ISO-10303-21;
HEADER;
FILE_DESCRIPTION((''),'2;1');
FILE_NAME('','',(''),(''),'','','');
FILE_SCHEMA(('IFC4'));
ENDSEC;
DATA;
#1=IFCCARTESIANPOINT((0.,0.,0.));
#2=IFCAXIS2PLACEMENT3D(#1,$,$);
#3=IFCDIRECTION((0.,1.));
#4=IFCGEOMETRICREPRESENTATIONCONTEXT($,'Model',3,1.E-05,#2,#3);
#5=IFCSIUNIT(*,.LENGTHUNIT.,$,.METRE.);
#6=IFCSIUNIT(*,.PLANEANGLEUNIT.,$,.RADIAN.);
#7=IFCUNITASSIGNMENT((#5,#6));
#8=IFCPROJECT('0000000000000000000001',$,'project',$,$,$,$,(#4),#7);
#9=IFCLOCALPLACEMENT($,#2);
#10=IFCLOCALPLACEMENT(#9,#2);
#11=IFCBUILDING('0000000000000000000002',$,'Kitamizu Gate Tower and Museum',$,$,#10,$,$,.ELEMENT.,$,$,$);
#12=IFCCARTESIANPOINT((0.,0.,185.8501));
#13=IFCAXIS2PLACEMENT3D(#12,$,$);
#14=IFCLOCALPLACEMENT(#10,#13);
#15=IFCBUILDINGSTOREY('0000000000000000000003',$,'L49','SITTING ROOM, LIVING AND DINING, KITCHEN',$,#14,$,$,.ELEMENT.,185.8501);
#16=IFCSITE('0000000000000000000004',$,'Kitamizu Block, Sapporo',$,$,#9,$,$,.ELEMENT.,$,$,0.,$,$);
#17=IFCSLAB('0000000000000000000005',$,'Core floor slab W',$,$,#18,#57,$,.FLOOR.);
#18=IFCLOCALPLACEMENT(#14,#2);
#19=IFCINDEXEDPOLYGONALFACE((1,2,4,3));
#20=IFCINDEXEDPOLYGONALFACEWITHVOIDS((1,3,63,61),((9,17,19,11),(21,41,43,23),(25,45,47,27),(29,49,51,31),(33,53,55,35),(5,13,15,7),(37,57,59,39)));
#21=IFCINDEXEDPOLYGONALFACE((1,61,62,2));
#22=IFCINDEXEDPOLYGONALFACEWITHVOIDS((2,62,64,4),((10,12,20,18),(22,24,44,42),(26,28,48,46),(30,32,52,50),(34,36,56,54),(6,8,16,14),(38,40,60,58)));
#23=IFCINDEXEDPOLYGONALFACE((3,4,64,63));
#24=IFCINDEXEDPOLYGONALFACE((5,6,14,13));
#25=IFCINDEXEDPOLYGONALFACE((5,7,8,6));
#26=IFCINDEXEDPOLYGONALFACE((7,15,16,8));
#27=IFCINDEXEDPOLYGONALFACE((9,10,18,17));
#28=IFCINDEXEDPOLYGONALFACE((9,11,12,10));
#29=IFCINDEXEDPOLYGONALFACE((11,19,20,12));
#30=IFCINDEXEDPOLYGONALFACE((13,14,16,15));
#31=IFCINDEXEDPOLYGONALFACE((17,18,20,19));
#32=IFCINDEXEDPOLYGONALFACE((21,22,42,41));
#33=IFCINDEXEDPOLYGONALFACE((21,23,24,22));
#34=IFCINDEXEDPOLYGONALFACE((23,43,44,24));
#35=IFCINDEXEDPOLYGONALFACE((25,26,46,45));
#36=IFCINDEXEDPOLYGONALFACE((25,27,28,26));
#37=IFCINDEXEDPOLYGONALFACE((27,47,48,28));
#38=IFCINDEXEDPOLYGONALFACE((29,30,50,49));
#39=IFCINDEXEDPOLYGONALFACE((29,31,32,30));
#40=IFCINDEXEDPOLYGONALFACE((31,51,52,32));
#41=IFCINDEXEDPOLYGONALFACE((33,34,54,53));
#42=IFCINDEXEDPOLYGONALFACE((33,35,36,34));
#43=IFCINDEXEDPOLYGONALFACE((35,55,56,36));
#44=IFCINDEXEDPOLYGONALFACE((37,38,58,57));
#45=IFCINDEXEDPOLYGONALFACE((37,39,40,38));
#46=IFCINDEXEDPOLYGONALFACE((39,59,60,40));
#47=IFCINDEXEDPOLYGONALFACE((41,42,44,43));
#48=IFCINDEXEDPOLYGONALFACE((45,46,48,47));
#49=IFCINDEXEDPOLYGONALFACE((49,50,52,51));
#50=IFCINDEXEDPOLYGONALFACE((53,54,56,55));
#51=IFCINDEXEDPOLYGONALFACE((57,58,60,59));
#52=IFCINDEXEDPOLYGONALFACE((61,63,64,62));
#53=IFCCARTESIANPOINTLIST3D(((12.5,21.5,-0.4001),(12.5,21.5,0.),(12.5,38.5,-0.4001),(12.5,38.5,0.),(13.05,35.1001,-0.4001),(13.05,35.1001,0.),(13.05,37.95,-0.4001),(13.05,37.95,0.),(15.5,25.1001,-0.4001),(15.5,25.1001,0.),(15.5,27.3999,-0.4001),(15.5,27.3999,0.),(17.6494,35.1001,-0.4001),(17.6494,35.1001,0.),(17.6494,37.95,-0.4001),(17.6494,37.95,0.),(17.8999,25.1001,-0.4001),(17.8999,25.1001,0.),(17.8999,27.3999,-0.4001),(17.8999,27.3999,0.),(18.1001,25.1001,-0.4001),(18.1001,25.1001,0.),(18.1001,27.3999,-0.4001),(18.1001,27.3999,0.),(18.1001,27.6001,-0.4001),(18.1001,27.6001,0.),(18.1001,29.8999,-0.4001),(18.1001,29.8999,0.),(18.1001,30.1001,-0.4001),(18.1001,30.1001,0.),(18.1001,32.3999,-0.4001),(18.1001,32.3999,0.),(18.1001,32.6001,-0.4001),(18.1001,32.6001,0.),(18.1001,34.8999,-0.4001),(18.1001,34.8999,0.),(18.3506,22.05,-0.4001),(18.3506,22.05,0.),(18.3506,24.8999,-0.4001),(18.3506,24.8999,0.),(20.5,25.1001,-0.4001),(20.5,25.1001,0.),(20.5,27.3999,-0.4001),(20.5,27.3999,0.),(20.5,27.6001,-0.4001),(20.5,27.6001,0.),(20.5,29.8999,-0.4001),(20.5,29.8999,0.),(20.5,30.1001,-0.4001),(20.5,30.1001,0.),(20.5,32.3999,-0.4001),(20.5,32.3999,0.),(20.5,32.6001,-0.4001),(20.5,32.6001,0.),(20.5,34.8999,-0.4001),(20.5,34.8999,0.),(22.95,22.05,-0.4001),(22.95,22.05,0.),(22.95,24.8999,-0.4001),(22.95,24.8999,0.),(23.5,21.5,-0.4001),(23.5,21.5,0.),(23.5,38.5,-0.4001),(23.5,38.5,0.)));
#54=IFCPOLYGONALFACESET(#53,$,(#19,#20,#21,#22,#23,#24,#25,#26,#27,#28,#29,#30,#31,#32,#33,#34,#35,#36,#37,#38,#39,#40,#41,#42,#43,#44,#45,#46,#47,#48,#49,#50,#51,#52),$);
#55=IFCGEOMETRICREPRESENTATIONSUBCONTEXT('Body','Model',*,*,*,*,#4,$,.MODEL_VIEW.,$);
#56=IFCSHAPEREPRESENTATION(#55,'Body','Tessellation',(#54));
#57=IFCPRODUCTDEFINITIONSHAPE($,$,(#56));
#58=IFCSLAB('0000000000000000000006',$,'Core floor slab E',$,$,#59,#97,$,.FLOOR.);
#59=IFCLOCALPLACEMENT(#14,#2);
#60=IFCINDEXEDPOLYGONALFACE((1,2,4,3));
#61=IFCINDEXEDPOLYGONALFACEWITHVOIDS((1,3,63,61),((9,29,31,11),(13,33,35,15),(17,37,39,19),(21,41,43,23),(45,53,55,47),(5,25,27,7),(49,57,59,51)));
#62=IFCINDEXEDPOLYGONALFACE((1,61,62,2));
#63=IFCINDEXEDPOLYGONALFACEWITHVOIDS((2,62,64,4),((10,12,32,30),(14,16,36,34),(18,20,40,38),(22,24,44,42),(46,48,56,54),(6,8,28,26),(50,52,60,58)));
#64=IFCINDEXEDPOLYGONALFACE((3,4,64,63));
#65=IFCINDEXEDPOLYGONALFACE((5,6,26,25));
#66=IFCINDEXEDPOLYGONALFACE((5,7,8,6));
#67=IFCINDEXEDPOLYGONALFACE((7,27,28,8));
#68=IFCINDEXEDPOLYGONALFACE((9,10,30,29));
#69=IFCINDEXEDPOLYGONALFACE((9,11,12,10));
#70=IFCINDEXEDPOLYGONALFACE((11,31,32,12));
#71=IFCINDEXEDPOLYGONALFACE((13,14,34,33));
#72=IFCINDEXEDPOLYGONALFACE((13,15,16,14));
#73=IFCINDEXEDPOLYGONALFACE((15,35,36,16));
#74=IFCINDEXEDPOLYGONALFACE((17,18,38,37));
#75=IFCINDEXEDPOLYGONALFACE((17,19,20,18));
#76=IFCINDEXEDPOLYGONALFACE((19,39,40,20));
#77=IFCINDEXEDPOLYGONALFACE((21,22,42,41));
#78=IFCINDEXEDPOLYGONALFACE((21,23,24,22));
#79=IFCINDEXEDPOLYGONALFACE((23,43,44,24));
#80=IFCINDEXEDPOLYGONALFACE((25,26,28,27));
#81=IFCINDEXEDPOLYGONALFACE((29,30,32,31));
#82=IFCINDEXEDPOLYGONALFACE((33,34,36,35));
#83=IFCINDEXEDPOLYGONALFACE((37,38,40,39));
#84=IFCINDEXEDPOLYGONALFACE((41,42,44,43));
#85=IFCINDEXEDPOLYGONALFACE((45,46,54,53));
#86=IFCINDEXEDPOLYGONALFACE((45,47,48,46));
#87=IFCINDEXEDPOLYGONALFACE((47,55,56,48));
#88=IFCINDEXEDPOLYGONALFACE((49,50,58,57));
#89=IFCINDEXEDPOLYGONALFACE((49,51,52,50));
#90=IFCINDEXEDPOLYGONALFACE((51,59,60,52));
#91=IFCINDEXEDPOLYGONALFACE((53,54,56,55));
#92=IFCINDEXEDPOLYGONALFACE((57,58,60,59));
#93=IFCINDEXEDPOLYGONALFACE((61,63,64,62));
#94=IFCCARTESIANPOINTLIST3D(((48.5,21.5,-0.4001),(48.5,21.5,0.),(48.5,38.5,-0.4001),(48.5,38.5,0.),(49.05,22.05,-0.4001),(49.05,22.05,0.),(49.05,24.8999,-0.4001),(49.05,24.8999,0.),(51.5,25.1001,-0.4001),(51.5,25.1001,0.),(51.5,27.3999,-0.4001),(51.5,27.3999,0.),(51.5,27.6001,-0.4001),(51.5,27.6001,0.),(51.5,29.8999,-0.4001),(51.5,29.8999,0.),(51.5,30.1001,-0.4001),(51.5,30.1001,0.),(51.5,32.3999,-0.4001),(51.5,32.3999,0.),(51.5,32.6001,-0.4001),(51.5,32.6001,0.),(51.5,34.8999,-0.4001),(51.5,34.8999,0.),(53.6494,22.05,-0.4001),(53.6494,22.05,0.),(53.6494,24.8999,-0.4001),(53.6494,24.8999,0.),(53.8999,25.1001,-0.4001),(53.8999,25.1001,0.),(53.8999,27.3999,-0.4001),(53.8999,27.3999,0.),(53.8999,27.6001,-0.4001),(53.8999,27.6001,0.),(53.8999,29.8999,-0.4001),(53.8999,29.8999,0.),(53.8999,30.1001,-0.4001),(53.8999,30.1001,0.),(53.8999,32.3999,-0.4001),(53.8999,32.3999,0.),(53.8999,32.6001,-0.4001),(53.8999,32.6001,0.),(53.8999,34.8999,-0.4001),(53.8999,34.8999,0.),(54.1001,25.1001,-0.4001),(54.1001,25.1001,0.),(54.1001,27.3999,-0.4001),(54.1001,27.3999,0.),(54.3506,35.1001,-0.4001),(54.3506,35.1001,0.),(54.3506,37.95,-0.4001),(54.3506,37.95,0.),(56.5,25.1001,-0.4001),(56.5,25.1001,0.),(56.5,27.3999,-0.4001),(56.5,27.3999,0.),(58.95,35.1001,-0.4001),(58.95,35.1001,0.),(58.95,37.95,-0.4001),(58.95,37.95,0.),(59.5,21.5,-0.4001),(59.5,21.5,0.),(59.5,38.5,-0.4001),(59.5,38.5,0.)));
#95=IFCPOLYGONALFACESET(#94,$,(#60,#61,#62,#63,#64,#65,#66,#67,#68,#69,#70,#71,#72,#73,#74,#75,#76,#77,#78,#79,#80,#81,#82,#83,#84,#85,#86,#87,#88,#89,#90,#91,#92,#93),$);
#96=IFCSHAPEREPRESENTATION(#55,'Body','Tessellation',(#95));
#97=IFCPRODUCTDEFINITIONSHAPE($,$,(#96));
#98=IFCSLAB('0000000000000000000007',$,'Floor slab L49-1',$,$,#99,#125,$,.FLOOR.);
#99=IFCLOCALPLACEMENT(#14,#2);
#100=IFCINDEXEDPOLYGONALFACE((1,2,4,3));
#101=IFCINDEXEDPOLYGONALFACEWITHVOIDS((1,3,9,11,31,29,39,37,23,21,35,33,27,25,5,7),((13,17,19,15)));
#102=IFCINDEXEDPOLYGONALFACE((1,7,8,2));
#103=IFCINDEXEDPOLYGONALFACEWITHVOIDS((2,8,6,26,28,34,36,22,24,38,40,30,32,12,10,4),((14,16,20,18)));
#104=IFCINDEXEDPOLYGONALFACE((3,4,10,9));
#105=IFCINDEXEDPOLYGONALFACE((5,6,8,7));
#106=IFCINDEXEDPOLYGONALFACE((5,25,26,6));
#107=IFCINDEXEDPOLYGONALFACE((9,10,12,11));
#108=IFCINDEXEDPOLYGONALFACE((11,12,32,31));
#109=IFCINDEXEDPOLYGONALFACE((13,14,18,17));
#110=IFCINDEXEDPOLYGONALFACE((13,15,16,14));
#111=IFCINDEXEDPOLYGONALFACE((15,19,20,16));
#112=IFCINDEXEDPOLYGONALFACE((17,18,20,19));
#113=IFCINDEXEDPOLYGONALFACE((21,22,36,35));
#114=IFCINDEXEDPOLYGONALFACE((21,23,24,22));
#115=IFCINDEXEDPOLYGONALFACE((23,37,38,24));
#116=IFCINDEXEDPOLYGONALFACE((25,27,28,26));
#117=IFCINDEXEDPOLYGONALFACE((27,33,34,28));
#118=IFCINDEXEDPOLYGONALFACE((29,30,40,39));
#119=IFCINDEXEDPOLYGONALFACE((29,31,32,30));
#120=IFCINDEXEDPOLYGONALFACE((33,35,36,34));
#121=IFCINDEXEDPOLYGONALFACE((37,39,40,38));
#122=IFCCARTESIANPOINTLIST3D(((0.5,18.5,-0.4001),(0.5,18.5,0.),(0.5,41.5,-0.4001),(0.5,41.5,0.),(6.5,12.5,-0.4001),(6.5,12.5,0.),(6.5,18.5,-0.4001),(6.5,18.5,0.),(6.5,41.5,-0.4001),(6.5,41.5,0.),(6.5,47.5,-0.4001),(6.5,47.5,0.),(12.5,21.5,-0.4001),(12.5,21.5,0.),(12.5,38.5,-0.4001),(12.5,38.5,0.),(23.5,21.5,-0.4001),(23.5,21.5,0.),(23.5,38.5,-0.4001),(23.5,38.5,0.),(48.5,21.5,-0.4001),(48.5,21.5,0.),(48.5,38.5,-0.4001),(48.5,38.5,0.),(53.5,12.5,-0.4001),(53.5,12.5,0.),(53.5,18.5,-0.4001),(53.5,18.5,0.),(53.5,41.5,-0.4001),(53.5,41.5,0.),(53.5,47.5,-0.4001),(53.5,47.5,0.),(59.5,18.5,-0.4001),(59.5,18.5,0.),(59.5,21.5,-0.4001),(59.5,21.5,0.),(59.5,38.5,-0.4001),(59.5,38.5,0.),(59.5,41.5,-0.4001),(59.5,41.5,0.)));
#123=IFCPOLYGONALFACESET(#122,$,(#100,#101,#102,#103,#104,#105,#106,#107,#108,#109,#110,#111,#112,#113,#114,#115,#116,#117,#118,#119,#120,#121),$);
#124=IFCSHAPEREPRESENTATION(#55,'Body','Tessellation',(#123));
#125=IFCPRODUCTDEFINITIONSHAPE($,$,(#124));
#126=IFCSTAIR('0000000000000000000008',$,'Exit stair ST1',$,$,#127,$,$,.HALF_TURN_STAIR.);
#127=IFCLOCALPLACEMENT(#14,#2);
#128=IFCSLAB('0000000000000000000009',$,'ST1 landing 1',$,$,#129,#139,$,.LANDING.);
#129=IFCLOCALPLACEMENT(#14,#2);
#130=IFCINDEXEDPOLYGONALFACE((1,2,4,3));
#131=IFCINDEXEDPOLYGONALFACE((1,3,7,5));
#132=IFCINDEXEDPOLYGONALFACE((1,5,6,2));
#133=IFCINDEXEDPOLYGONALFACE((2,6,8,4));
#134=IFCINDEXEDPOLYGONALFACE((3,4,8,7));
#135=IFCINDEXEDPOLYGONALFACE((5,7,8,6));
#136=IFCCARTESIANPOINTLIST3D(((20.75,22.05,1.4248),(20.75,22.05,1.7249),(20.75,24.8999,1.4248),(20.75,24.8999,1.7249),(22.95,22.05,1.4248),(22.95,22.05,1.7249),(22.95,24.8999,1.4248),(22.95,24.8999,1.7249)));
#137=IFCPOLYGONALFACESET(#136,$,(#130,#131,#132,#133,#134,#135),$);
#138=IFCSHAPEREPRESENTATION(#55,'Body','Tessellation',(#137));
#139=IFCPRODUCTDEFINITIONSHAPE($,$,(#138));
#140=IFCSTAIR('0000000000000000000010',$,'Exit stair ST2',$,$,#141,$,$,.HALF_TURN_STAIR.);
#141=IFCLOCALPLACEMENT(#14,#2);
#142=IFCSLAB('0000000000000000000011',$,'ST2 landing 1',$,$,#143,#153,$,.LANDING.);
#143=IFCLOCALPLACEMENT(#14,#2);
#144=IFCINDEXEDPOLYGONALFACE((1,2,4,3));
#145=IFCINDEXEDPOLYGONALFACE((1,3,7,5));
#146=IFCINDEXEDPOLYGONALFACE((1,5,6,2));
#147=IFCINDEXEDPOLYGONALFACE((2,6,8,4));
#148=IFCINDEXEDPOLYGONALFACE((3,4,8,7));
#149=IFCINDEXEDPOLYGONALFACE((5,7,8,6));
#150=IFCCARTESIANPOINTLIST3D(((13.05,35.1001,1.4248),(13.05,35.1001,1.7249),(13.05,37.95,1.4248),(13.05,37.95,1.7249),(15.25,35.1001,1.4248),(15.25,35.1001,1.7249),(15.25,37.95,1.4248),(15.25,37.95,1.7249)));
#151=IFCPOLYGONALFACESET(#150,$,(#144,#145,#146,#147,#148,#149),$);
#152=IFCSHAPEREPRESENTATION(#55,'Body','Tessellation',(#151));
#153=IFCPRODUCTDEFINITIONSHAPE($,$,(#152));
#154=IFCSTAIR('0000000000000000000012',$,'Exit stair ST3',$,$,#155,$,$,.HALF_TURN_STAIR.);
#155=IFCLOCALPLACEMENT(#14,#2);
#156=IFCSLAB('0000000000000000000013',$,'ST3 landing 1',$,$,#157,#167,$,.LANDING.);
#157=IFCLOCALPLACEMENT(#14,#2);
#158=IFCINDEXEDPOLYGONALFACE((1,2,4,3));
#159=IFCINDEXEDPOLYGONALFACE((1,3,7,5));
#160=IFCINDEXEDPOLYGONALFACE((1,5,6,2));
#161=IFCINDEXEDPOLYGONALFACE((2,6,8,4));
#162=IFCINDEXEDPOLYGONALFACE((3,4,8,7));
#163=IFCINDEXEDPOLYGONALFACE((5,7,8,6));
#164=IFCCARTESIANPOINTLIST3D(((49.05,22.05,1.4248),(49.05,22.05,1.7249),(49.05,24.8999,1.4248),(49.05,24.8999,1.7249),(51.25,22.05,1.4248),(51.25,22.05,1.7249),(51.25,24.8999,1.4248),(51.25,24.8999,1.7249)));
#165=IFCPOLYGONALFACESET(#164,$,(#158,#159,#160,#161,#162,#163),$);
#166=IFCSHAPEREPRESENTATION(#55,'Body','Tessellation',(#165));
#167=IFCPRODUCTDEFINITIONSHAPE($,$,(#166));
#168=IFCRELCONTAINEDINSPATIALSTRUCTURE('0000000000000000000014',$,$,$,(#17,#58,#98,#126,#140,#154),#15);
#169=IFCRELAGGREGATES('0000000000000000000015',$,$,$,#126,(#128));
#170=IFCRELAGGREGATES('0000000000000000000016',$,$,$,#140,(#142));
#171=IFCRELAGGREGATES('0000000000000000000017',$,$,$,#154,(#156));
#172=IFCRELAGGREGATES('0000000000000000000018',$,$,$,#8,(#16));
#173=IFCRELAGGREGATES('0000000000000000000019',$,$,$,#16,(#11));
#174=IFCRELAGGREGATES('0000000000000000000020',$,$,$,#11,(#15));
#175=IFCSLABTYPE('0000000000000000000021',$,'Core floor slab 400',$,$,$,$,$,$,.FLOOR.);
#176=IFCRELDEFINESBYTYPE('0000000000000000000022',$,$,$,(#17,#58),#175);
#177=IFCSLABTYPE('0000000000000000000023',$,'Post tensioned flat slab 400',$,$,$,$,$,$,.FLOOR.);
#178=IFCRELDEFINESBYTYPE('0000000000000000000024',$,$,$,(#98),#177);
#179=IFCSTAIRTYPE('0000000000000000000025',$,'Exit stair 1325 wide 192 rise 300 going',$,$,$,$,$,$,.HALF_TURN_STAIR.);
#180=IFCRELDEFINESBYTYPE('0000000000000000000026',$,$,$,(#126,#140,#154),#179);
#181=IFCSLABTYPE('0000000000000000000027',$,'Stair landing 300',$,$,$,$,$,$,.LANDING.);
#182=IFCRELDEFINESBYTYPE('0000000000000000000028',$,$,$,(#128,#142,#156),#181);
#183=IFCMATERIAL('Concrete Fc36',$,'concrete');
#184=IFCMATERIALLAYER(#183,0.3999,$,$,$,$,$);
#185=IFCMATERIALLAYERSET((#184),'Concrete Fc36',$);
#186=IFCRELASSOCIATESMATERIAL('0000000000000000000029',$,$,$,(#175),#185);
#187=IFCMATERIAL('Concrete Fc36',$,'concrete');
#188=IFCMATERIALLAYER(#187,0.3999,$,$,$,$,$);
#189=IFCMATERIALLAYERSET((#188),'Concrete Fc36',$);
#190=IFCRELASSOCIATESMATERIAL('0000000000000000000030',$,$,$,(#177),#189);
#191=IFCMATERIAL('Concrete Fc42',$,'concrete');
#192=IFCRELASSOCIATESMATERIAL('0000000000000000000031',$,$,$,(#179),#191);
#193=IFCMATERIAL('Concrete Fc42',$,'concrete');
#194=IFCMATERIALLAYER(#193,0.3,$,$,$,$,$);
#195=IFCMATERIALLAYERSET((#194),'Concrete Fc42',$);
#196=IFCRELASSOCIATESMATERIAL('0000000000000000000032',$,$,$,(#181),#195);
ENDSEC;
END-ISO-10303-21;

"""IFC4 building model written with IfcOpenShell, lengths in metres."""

from ifc_helpers import new_model, si_unit, direction, frame, origin, place, context, subcontext, project, spatial, polyline, outline, extrude, material, layer, layer_set, type_object, element, aggregate, save


model = new_model("IFC4")

# Units and contexts
model_context = context("Model", 3, precision=1e-05, world=origin(), true_north=direction((0.0, 1.0)))
body_context = subcontext(model_context, "Body", "Model", "MODEL_VIEW")
ifc_project = project(units=[si_unit("LENGTHUNIT", "METRE"), si_unit("PLANEANGLEUNIT", "RADIAN")], contexts=[model_context])

# Site, building, storey
site_placement = place(None, origin())
site = spatial("IfcSite", under=ifc_project, at=site_placement, Name="Kitamizu Block, Sapporo", CompositionType="ELEMENT", RefElevation=0.0)
building_placement = place(site_placement, origin())
building = spatial("IfcBuilding", under=site, at=building_placement, Name="Kitamizu Gate Tower and Museum", CompositionType="ELEMENT")
storey_placement = place(building_placement, frame((0.0, 0.0, 185.8501)))
storey = spatial("IfcBuildingStorey", under=building, at=storey_placement, Name="L49", Description="SITTING ROOM, LIVING AND DINING, KITCHEN", CompositionType="ELEMENT", Elevation=185.8501)

# Slabs
ifc_material_1 = material(Name="Concrete Fc36", Category="concrete")
ifc_layer_1 = layer(ifc_material_1, 0.3999)
ifc_layer_set_1 = layer_set([ifc_layer_1], Name="Concrete Fc36")
slab_type_1 = type_object("IfcSlabType", Name="Core floor slab 400", PredefinedType="FLOOR", material=ifc_layer_set_1)
slab_1_placement = place(storey_placement, frame((0.0, 0.0, -0.4001)))
element("IfcSlab", 1, at=slab_1_placement, inside=storey, type_object=slab_type_1, Name="Core floor slab W", PredefinedType="FLOOR", context=body_context, shape_type="SweptSolid", body=[
    extrude(outline(polyline([(12.5, 21.5), (23.5, 21.5), (23.5, 38.5), (12.5, 38.5), (12.5, 21.5)]), holes=[polyline([(15.5, 25.1001), (17.8999, 25.1001), (17.8999, 27.3999), (15.5, 27.3999), (15.5, 25.1001)]), polyline([(18.1001, 25.1001), (20.5, 25.1001), (20.5, 27.3999), (18.1001, 27.3999), (18.1001, 25.1001)]), polyline([(18.1001, 27.6001), (20.5, 27.6001), (20.5, 29.8999), (18.1001, 29.8999), (18.1001, 27.6001)]), polyline([(18.1001, 30.1001), (20.5, 30.1001), (20.5, 32.3999), (18.1001, 32.3999), (18.1001, 30.1001)]), polyline([(18.1001, 32.6001), (20.5, 32.6001), (20.5, 34.8999), (18.1001, 34.8999), (18.1001, 32.6001)]), polyline([(18.3506, 22.05), (22.95, 22.05), (22.95, 24.8999), (18.3506, 24.8999), (18.3506, 22.05)]), polyline([(13.05, 35.1001), (17.6494, 35.1001), (17.6494, 37.95), (13.05, 37.95), (13.05, 35.1001)])]), origin(), (0.0, 0.0, 1.0), 0.4001),
])
slab_2_placement = place(storey_placement, frame((0.0, 0.0, -0.4001)))
element("IfcSlab", 2, at=slab_2_placement, inside=storey, type_object=slab_type_1, Name="Core floor slab E", PredefinedType="FLOOR", context=body_context, shape_type="SweptSolid", body=[
    extrude(outline(polyline([(48.5, 21.5), (59.5, 21.5), (59.5, 38.5), (48.5, 38.5), (48.5, 21.5)]), holes=[polyline([(54.1001, 25.1001), (56.5, 25.1001), (56.5, 27.3999), (54.1001, 27.3999), (54.1001, 25.1001)]), polyline([(51.5, 25.1001), (53.8999, 25.1001), (53.8999, 27.3999), (51.5, 27.3999), (51.5, 25.1001)]), polyline([(51.5, 27.6001), (53.8999, 27.6001), (53.8999, 29.8999), (51.5, 29.8999), (51.5, 27.6001)]), polyline([(51.5, 30.1001), (53.8999, 30.1001), (53.8999, 32.3999), (51.5, 32.3999), (51.5, 30.1001)]), polyline([(51.5, 32.6001), (53.8999, 32.6001), (53.8999, 34.8999), (51.5, 34.8999), (51.5, 32.6001)]), polyline([(49.05, 22.05), (53.6494, 22.05), (53.6494, 24.8999), (49.05, 24.8999), (49.05, 22.05)]), polyline([(54.3506, 35.1001), (58.95, 35.1001), (58.95, 37.95), (54.3506, 37.95), (54.3506, 35.1001)])]), origin(), (0.0, 0.0, 1.0), 0.4001),
])
ifc_material_2 = material(Name="Concrete Fc36", Category="concrete")
ifc_layer_2 = layer(ifc_material_2, 0.3999)
ifc_layer_set_2 = layer_set([ifc_layer_2], Name="Concrete Fc36")
slab_type_2 = type_object("IfcSlabType", Name="Post tensioned flat slab 400", PredefinedType="FLOOR", material=ifc_layer_set_2)
slab_3_placement = place(storey_placement, frame((0.0, 0.0, -0.4001)))
element("IfcSlab", 3, at=slab_3_placement, inside=storey, type_object=slab_type_2, Name="Floor slab L49-1", PredefinedType="FLOOR", context=body_context, shape_type="SweptSolid", body=[
    extrude(outline(polyline([(0.5, 18.5), (0.5, 41.5), (6.5, 41.5), (6.5, 47.5), (53.5, 47.5), (53.5, 41.5), (59.5, 41.5), (59.5, 38.5), (48.5, 38.5), (48.5, 21.5), (59.5, 21.5), (59.5, 18.5), (53.5, 18.5), (53.5, 12.5), (6.5, 12.5), (6.5, 18.5), (0.5, 18.5)]), holes=[polyline([(12.5, 38.5), (12.5, 21.5), (23.5, 21.5), (23.5, 38.5), (12.5, 38.5)])]), origin(), (0.0, 0.0, 1.0), 0.4001),
])

# Stairs, slabs
ifc_material_3 = material(Name="Concrete Fc42", Category="concrete")
stair_type = type_object("IfcStairType", Name="Exit stair 1325 wide 192 rise 300 going", PredefinedType="HALF_TURN_STAIR", material=ifc_material_3)
stair_1_placement = place(storey_placement, origin())
stair_1 = element("IfcStair", 4, at=stair_1_placement, inside=storey, type_object=stair_type, Name="Exit stair ST1", PredefinedType="HALF_TURN_STAIR")
ifc_material_4 = material(Name="Concrete Fc42", Category="concrete")
ifc_layer_3 = layer(ifc_material_4, 0.3)
ifc_layer_set_3 = layer_set([ifc_layer_3], Name="Concrete Fc42")
slab_type_3 = type_object("IfcSlabType", Name="Stair landing 300", PredefinedType="LANDING", material=ifc_layer_set_3)
slab_4_placement = place(storey_placement, frame((0.0, 0.0, 1.4248)))
slab_4 = element("IfcSlab", 5, at=slab_4_placement, type_object=slab_type_3, Name="ST1 landing 1", PredefinedType="LANDING", context=body_context, shape_type="SweptSolid", body=[
    extrude(outline(polyline([(20.75, 22.05), (22.95, 22.05), (22.95, 24.8999), (20.75, 24.8999), (20.75, 22.05)])), origin(), (0.0, 0.0, 1.0), 0.3),
])
aggregate(stair_1, [slab_4])
stair_2_placement = place(storey_placement, origin())
stair_2 = element("IfcStair", 6, at=stair_2_placement, inside=storey, type_object=stair_type, Name="Exit stair ST2", PredefinedType="HALF_TURN_STAIR")
slab_5_placement = place(storey_placement, frame((0.0, 0.0, 1.4248)))
slab_5 = element("IfcSlab", 7, at=slab_5_placement, type_object=slab_type_3, Name="ST2 landing 1", PredefinedType="LANDING", context=body_context, shape_type="SweptSolid", body=[
    extrude(outline(polyline([(13.05, 35.1001), (15.25, 35.1001), (15.25, 37.95), (13.05, 37.95), (13.05, 35.1001)])), origin(), (0.0, 0.0, 1.0), 0.3),
])
aggregate(stair_2, [slab_5])
stair_3_placement = place(storey_placement, origin())
stair_3 = element("IfcStair", 8, at=stair_3_placement, inside=storey, type_object=stair_type, Name="Exit stair ST3", PredefinedType="HALF_TURN_STAIR")
slab_6_placement = place(storey_placement, frame((0.0, 0.0, 1.4248)))
slab_6 = element("IfcSlab", 9, at=slab_6_placement, type_object=slab_type_3, Name="ST3 landing 1", PredefinedType="LANDING", context=body_context, shape_type="SweptSolid", body=[
    extrude(outline(polyline([(49.05, 22.05), (51.25, 22.05), (51.25, 24.8999), (49.05, 24.8999), (49.05, 22.05)])), origin(), (0.0, 0.0, 1.0), 0.3),
])
aggregate(stair_3, [slab_6])

save(model, "model.ifc")
